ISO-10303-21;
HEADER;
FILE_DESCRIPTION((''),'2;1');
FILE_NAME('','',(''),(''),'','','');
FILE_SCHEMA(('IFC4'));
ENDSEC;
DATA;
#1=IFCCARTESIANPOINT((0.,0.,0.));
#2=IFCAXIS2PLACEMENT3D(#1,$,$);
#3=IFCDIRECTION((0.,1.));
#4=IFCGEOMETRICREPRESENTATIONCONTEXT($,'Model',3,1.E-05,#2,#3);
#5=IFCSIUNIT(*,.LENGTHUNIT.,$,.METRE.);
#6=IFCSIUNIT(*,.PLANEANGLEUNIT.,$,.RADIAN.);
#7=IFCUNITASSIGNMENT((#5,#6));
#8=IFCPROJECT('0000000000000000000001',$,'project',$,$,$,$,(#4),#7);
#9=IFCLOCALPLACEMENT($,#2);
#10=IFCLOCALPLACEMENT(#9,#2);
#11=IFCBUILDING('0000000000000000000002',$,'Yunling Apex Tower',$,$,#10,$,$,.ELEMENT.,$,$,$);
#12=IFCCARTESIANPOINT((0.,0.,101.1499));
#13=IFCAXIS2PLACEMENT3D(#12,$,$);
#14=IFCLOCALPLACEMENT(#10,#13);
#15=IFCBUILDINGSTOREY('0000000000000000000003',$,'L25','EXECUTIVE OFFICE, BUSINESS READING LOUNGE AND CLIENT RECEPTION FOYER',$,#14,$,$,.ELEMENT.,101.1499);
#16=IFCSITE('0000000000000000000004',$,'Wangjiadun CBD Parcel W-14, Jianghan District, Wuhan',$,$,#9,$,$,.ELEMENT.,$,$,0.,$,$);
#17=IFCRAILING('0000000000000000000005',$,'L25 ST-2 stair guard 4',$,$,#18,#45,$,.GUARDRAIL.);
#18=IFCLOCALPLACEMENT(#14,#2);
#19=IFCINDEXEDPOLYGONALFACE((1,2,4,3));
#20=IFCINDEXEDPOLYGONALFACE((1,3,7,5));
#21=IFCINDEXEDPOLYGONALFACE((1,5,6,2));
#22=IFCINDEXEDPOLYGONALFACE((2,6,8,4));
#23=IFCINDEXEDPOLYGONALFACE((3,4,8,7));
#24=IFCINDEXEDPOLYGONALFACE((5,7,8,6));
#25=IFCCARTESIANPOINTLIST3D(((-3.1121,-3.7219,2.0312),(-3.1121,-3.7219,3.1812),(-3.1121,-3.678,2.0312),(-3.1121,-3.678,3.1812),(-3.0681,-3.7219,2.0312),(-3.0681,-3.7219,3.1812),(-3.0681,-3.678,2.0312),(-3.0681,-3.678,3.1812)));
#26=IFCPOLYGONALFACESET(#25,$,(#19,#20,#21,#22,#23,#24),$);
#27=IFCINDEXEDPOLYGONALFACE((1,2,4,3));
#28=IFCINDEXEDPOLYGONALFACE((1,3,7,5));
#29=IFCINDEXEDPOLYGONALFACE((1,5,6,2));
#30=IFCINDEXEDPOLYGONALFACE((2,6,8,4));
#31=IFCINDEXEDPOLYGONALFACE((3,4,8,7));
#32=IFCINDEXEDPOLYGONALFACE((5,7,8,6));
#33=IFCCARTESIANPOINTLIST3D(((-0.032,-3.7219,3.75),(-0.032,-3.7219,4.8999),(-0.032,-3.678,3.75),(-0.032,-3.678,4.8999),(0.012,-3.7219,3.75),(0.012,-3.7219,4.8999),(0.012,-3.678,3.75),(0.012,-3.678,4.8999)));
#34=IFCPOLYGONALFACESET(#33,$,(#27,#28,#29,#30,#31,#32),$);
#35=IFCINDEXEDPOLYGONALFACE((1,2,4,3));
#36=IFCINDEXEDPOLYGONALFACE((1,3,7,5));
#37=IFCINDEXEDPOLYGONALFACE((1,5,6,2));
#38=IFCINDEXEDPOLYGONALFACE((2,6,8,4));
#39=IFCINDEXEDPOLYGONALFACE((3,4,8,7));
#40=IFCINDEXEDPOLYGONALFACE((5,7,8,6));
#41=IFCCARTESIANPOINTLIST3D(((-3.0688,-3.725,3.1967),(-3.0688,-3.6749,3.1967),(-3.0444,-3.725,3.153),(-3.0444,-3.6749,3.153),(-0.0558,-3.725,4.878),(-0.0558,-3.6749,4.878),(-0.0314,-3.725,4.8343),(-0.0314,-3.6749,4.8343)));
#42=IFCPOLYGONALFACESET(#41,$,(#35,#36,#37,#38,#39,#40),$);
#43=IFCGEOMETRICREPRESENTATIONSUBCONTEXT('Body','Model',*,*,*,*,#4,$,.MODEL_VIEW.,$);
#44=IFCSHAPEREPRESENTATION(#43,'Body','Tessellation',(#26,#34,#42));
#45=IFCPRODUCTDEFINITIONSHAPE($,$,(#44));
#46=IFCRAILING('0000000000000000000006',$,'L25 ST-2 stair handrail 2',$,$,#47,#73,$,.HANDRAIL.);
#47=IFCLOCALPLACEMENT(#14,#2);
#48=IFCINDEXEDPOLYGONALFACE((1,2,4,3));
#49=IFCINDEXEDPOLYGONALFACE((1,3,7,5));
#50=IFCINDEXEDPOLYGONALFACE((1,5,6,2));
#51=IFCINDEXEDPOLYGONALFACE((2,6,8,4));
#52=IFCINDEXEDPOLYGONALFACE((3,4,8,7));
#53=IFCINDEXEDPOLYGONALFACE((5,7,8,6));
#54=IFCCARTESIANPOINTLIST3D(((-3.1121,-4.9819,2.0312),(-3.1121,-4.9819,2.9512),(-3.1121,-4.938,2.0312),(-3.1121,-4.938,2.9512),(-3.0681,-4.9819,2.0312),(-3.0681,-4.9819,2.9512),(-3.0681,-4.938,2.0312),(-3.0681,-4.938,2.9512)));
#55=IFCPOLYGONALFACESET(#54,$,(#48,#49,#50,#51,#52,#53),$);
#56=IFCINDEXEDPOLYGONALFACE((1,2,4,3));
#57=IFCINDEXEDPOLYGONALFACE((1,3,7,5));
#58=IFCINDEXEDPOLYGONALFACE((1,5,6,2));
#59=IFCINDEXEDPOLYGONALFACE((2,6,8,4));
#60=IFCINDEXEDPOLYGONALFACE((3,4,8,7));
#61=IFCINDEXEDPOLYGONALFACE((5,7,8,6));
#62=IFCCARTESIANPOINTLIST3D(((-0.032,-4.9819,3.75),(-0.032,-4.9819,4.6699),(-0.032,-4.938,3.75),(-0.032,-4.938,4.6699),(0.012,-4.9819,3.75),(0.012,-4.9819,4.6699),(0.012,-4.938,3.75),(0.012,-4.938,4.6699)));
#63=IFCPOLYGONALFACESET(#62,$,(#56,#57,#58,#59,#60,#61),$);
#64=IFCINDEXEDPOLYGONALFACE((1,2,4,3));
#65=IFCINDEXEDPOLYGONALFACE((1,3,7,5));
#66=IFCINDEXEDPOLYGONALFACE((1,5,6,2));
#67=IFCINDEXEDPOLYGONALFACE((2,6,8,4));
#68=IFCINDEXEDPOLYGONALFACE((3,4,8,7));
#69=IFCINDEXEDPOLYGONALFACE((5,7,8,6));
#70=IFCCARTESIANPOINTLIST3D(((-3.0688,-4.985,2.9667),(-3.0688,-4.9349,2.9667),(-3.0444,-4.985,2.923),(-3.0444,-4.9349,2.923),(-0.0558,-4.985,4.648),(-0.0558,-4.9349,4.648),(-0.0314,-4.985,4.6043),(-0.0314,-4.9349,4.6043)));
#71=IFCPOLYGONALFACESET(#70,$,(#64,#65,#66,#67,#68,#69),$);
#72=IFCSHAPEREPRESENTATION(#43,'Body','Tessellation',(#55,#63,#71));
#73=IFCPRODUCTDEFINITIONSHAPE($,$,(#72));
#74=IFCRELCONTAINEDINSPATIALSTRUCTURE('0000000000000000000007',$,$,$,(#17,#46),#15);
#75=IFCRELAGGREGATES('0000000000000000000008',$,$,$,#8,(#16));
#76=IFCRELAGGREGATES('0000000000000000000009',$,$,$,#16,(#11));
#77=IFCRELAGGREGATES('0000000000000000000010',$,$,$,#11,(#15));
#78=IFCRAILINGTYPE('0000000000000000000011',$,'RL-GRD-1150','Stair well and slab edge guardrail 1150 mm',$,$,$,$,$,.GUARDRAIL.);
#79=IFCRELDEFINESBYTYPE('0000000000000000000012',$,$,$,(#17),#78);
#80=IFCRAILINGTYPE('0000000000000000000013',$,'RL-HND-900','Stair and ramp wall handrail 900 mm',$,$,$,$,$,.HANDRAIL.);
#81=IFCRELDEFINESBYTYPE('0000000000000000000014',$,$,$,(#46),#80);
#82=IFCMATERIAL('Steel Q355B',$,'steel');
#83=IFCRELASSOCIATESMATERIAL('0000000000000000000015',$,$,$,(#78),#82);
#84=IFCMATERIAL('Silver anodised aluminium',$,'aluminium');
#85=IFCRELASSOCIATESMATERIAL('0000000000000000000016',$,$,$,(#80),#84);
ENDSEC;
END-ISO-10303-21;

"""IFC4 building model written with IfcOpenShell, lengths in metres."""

from ifc_helpers import new_model, si_unit, direction, frame, origin, origin_2d, place, context, subcontext, project, spatial, rectangle, extrude, material, type_object, element, save


model = new_model("IFC4")

# Units and contexts
model_context = context("Model", 3, precision=1e-05, world=origin(), true_north=direction((0.0, 1.0)))
body_context = subcontext(model_context, "Body", "Model", "MODEL_VIEW")
ifc_project = project(units=[si_unit("LENGTHUNIT", "METRE"), si_unit("PLANEANGLEUNIT", "RADIAN")], contexts=[model_context])

# Site, building, storey
site_placement = place(None, origin())
site = spatial("IfcSite", under=ifc_project, at=site_placement, Name="Wangjiadun CBD Parcel W-14, Jianghan District, Wuhan", CompositionType="ELEMENT", RefElevation=0.0)
building_placement = place(site_placement, origin())
building = spatial("IfcBuilding", under=site, at=building_placement, Name="Yunling Apex Tower", CompositionType="ELEMENT")
storey_placement = place(building_placement, frame((0.0, 0.0, 101.1499)))
storey = spatial("IfcBuildingStorey", under=building, at=storey_placement, Name="L25", Description="EXECUTIVE OFFICE, BUSINESS READING LOUNGE AND CLIENT RECEPTION FOYER", CompositionType="ELEMENT", Elevation=101.1499)

# Shared definitions
ifc_material_1 = material(Name="Steel Q355B", Category="steel")

# Shared definitions
ifc_material_2 = material(Name="Silver anodised aluminium", Category="aluminium")

# Railings
railing_type_1 = type_object("IfcRailingType", Name="RL-GRD-1150", Description="Stair well and slab edge guardrail 1150 mm", PredefinedType="GUARDRAIL", material=ifc_material_1)
railing_1_placement = place(storey_placement, frame((-3.0901, -3.7, 2.0312)))
element("IfcRailing", 1, at=railing_1_placement, inside=storey, type_object=railing_type_1, Name="L25 ST-2 stair guard 4", PredefinedType="GUARDRAIL", context=body_context, shape_type="SweptSolid", body=[
    extrude(rectangle(XDim=0.0439, YDim=0.0439, at=origin_2d()), origin(), (0.0, 0.0, 1.0), 1.1499),
    extrude(rectangle(XDim=0.0439, YDim=0.0439, at=origin_2d()), frame((3.0801, 0.0, 1.7188)), (0.0, 0.0, 1.0), 1.1499),
    extrude(rectangle(XDim=0.05, YDim=0.05, at=origin_2d()), frame((0.0334, 0.0, 1.1436), z_axis=(0.873242, 0.0, 0.487288), x_axis=(0.0, 1.0, 0.0)), (0.0, 0.0, 1.0), 3.4504),
])
railing_type_2 = type_object("IfcRailingType", Name="RL-HND-900", Description="Stair and ramp wall handrail 900 mm", PredefinedType="HANDRAIL", material=ifc_material_2)
railing_2_placement = place(storey_placement, frame((-3.0901, -4.96, 2.0312)))
element("IfcRailing", 2, at=railing_2_placement, inside=storey, type_object=railing_type_2, Name="L25 ST-2 stair handrail 2", PredefinedType="HANDRAIL", context=body_context, shape_type="SweptSolid", body=[
    extrude(rectangle(XDim=0.0439, YDim=0.0439, at=origin_2d()), origin(), (0.0, 0.0, 1.0), 0.9199),
    extrude(rectangle(XDim=0.0439, YDim=0.0439, at=origin_2d()), frame((3.0801, 0.0, 1.7188)), (0.0, 0.0, 1.0), 0.9199),
    extrude(rectangle(XDim=0.05, YDim=0.05, at=origin_2d()), frame((0.0334, 0.0, 0.9136), z_axis=(0.873242, 0.0, 0.487288), x_axis=(0.0, 1.0, 0.0)), (0.0, 0.0, 1.0), 3.4504),
])

save(model, "model.ifc")
